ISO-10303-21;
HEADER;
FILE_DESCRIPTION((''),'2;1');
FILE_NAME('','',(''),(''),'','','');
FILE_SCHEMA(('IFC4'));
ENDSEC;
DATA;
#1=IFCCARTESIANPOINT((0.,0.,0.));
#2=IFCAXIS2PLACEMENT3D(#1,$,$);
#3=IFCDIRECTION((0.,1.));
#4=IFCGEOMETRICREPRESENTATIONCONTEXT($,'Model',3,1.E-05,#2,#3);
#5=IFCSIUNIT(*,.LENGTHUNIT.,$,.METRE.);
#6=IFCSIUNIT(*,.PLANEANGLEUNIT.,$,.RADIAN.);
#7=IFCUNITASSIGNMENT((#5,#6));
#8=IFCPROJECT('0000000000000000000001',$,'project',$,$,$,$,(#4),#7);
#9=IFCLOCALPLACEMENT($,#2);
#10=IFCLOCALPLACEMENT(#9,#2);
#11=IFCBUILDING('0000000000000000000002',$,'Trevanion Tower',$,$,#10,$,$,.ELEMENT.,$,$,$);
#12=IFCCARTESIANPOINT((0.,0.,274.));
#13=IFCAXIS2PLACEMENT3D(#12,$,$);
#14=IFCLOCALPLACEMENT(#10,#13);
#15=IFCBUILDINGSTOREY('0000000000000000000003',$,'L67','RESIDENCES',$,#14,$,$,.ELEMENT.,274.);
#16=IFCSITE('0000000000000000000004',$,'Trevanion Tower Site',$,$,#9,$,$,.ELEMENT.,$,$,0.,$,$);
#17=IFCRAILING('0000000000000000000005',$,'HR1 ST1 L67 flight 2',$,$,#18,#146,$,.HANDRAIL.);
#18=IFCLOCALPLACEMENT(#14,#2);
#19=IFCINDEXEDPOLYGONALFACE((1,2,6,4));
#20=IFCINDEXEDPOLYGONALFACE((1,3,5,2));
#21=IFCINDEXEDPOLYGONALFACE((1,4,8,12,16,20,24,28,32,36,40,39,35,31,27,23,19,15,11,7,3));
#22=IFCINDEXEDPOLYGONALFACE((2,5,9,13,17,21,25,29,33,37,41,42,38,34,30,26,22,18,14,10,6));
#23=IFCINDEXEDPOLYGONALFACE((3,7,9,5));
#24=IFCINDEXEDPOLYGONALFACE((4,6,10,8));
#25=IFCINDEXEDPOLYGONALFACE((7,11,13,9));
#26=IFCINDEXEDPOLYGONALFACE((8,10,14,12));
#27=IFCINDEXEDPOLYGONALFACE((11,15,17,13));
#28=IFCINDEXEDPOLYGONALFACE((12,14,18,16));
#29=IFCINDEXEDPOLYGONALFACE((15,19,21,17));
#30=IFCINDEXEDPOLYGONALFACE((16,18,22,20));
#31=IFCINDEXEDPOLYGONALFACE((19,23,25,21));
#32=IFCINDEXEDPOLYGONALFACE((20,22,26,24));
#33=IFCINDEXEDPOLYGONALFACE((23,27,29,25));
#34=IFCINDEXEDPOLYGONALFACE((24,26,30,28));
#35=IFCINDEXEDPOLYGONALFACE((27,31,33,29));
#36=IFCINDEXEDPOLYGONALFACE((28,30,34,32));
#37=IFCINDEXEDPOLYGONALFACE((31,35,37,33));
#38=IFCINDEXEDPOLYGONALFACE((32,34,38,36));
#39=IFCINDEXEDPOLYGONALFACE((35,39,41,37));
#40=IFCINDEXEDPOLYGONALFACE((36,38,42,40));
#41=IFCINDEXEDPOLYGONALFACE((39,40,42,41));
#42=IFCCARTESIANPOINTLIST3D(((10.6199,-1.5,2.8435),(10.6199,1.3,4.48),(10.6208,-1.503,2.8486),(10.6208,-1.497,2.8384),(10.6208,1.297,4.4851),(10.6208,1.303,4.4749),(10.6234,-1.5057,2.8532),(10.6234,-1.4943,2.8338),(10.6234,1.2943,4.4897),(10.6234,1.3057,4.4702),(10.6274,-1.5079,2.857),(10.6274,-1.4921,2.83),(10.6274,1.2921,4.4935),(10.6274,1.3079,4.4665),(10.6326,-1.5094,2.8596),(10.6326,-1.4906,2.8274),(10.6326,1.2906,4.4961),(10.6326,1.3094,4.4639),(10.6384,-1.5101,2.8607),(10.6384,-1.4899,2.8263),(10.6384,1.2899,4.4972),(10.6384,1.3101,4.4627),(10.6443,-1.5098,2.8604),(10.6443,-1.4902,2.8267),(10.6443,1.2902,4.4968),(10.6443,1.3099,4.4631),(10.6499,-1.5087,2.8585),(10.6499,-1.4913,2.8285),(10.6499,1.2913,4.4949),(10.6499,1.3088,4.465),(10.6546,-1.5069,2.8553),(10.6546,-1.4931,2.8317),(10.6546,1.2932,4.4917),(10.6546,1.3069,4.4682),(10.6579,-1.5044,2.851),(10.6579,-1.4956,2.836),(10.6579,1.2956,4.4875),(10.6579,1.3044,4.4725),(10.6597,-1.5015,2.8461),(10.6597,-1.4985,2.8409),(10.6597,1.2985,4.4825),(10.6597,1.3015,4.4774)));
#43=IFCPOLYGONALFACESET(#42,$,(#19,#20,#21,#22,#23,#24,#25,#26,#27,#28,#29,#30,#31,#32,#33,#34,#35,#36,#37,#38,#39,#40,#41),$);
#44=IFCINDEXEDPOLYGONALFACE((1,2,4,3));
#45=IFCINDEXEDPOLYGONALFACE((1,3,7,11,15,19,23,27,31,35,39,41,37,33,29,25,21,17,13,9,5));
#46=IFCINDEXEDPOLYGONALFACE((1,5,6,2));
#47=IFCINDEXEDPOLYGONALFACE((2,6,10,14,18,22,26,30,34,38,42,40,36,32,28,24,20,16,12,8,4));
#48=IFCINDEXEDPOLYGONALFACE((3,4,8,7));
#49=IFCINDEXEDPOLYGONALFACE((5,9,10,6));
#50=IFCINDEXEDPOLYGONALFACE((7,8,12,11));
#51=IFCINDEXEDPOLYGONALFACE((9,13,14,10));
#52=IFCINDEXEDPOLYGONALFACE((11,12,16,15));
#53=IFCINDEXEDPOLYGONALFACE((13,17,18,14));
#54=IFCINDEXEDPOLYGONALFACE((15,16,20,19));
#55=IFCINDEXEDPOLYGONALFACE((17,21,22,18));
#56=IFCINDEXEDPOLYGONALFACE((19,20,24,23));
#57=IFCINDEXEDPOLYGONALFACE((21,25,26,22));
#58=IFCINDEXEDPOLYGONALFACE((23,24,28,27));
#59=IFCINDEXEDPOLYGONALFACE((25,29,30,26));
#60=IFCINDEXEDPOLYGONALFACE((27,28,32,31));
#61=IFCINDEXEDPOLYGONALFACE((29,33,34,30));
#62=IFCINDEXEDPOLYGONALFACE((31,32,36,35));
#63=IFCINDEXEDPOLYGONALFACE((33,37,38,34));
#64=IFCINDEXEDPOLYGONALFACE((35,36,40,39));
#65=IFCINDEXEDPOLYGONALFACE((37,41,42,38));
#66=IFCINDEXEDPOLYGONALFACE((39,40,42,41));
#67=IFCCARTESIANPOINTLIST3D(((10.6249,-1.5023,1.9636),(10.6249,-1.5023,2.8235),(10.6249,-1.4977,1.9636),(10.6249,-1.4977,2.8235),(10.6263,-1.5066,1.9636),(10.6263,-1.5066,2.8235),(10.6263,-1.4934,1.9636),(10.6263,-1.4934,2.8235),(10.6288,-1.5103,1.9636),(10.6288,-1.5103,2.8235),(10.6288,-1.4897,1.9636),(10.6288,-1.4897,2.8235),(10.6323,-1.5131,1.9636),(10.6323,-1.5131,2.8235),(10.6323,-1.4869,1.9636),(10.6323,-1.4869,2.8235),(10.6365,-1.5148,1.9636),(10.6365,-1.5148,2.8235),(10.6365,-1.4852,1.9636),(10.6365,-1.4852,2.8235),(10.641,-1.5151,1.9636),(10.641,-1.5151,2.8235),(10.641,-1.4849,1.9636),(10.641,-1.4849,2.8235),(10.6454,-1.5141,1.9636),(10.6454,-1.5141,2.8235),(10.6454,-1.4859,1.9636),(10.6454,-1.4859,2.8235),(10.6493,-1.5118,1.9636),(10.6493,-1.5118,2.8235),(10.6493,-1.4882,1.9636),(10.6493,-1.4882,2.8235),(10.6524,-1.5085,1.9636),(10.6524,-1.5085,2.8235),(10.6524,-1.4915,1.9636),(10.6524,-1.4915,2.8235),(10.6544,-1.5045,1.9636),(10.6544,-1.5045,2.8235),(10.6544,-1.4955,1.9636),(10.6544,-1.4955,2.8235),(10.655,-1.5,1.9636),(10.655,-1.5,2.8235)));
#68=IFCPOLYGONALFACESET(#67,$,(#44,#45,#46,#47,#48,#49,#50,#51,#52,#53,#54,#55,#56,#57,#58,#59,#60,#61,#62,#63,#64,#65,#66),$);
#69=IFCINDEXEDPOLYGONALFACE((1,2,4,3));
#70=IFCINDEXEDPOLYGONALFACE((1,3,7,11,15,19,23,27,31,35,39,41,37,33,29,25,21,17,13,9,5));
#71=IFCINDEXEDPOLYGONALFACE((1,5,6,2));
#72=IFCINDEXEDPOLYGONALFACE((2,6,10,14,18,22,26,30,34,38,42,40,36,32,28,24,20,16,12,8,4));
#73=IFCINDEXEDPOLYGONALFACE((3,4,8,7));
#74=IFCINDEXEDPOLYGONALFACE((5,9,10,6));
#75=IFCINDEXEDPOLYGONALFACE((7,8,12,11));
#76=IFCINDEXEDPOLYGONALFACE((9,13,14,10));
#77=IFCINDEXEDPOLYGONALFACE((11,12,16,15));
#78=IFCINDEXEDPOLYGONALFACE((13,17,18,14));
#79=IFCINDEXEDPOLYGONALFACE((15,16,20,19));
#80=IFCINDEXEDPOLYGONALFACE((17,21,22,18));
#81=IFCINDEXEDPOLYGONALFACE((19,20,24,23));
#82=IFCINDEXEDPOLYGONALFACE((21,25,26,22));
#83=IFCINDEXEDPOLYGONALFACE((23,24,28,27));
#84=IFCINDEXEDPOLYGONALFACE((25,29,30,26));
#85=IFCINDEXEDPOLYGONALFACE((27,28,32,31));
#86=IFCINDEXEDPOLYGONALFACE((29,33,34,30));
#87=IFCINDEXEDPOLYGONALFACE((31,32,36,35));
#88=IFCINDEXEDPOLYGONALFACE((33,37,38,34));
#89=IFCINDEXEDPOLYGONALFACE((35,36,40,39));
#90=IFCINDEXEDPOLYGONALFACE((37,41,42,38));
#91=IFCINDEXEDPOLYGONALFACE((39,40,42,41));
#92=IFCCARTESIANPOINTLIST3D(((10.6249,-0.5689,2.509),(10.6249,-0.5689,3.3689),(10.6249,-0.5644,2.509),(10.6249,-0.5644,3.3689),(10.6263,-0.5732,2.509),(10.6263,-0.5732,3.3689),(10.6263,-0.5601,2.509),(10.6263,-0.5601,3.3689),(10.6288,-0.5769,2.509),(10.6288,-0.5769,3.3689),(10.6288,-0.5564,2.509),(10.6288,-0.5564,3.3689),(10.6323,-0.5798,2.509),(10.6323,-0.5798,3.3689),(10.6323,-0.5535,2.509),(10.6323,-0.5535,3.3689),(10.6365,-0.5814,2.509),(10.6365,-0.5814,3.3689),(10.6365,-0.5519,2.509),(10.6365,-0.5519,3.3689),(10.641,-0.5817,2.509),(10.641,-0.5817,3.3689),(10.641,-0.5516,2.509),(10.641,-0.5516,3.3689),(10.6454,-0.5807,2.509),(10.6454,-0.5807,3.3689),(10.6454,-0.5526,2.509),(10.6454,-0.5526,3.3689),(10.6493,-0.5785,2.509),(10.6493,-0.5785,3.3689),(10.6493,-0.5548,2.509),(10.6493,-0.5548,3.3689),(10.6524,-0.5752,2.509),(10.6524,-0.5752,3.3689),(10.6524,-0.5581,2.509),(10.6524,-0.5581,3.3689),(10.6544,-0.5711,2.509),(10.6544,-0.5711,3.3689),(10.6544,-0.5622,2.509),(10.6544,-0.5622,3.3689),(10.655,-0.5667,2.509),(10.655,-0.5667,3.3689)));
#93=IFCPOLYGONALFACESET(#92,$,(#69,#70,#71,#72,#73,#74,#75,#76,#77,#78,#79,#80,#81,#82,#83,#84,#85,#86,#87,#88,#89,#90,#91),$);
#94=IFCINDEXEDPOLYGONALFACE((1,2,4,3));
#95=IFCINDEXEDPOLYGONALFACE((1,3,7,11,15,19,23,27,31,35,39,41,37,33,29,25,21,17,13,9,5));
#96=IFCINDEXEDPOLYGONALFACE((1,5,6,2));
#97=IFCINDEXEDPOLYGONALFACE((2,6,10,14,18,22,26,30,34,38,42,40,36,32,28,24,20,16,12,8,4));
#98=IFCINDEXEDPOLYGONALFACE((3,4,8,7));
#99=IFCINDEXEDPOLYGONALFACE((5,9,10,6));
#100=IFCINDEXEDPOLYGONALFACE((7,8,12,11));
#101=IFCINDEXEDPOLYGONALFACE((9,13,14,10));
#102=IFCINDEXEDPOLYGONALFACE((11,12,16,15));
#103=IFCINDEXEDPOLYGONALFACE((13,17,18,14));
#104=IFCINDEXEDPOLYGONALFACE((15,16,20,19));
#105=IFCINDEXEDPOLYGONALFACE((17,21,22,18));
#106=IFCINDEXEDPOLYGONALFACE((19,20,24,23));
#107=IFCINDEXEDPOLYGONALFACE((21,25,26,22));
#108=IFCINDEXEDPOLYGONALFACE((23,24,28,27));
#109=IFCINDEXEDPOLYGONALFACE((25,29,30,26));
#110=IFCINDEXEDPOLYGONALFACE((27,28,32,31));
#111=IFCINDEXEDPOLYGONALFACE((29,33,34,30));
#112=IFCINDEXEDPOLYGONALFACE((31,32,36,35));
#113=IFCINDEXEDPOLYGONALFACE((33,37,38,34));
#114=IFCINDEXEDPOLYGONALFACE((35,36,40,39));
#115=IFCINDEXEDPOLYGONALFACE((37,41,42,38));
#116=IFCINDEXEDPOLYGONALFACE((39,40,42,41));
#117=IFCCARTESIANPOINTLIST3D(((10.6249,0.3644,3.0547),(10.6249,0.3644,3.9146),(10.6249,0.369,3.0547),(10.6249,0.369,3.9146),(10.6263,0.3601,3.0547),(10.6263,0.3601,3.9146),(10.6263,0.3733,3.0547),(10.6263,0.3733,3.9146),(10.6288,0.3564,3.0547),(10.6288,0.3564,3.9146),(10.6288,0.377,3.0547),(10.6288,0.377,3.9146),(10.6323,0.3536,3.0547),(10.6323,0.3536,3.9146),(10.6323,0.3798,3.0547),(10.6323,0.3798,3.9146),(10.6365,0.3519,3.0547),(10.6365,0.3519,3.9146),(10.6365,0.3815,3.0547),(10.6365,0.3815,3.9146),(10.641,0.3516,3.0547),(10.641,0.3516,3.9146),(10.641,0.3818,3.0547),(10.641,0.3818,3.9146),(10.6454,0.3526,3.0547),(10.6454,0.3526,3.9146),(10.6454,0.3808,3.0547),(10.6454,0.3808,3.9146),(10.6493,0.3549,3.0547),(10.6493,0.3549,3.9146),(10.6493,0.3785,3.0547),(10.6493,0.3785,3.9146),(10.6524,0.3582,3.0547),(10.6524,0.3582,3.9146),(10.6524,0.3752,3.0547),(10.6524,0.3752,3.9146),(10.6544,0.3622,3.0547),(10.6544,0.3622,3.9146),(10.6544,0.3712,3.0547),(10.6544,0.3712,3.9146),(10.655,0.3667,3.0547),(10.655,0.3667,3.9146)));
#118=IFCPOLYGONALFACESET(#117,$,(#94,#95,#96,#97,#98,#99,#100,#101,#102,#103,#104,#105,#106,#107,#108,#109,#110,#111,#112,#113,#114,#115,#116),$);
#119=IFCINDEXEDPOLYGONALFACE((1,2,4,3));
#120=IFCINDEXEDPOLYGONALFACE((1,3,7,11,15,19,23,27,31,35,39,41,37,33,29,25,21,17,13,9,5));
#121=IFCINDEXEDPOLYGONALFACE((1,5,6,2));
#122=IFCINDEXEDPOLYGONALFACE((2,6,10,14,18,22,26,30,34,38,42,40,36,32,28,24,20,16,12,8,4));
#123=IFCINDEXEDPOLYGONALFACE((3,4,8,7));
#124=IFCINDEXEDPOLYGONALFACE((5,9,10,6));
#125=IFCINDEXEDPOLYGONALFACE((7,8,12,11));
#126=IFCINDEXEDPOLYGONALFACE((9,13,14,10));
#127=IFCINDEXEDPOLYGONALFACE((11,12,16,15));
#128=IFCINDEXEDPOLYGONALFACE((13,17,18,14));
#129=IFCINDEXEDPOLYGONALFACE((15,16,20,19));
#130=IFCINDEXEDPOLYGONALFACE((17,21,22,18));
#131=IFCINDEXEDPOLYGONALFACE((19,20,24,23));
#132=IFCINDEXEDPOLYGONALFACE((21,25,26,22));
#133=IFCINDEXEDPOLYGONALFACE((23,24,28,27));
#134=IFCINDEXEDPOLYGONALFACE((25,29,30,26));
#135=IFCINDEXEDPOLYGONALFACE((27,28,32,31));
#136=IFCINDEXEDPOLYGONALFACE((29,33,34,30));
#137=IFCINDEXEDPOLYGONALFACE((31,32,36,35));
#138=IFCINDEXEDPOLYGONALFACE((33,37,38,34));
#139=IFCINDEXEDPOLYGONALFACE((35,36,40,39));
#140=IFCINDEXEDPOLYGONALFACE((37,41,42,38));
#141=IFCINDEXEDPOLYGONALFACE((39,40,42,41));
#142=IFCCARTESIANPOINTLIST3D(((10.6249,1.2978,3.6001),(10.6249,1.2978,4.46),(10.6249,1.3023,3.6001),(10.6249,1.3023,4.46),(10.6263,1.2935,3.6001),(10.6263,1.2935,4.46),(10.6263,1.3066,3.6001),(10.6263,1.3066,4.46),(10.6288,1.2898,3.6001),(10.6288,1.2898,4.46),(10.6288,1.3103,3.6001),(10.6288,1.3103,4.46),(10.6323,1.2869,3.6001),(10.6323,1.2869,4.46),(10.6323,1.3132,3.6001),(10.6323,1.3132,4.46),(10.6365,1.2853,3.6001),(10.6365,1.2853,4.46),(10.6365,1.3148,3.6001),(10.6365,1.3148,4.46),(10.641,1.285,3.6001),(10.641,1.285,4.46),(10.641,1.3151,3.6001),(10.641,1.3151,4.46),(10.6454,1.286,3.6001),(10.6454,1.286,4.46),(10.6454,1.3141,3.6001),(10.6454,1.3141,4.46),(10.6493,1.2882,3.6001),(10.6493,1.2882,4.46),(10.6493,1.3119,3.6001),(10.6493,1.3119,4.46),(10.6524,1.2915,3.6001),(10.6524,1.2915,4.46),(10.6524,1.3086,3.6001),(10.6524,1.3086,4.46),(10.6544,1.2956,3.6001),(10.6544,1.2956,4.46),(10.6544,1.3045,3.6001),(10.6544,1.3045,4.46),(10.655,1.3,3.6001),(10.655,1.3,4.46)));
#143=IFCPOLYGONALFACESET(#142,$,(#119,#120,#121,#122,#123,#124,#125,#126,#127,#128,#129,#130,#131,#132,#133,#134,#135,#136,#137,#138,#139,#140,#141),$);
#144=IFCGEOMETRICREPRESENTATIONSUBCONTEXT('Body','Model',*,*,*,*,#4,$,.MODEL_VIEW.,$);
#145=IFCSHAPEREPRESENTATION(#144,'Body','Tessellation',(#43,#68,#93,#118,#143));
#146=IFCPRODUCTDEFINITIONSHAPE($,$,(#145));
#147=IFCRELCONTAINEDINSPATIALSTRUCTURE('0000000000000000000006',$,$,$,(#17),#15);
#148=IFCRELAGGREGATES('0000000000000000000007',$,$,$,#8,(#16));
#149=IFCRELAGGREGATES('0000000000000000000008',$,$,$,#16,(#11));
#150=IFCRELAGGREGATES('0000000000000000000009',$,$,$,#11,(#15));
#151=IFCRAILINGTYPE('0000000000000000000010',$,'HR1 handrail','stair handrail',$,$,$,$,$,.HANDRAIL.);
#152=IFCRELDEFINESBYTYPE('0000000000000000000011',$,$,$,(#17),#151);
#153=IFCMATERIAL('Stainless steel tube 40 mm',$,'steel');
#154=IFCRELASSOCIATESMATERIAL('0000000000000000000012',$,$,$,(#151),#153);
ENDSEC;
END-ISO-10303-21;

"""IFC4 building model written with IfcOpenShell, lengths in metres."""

from ifc_helpers import new_model, si_unit, direction, frame, origin, origin_2d, place, context, subcontext, project, spatial, circle, extrude, material, type_object, element, save


model = new_model("IFC4")

# Units and contexts
model_context = context("Model", 3, precision=1e-05, world=origin(), true_north=direction((0.0, 1.0)))
body_context = subcontext(model_context, "Body", "Model", "MODEL_VIEW")
ifc_project = project(units=[si_unit("LENGTHUNIT", "METRE"), si_unit("PLANEANGLEUNIT", "RADIAN")], contexts=[model_context])

# Site, building, storey
site_placement = place(None, origin())
site = spatial("IfcSite", under=ifc_project, at=site_placement, Name="Trevanion Tower Site", CompositionType="ELEMENT", RefElevation=0.0)
building_placement = place(site_placement, origin())
building = spatial("IfcBuilding", under=site, at=building_placement, Name="Trevanion Tower", CompositionType="ELEMENT")
storey_placement = place(building_placement, frame((0.0, 0.0, 274.0)))
storey = spatial("IfcBuildingStorey", under=building, at=storey_placement, Name="L67", Description="RESIDENCES", CompositionType="ELEMENT", Elevation=274.0)

# Railing
ifc_material_1 = material(Name="Stainless steel tube 40 mm", Category="steel")
railing_type = type_object("IfcRailingType", Name="HR1 handrail", Description="stair handrail", PredefinedType="HANDRAIL", material=ifc_material_1)
for number, where, name in (
    (1, (10.6399, -1.5, 1.9636), "HR1 ST1 L67 flight 2"),
):
    element("IfcRailing", number, at=place(storey_placement, frame(where)), inside=storey, type_object=railing_type, Name=name, PredefinedType="HANDRAIL", context=body_context, shape_type="SweptSolid", body=[
        extrude(circle(Radius=0.02, at=origin_2d()), frame((0.0, 0.0, 0.8799), z_axis=(0.0, 0.863361, 0.504587), x_axis=(-1.0, 0.0, 0.0)), (0.0, 0.0, 1.0), 3.2432),
        extrude(circle(Radius=0.0151, at=origin_2d()), origin(), (0.0, 0.0, 1.0), 0.8599),
        extrude(circle(Radius=0.0151, at=origin_2d()), frame((0.0, 0.9333, 0.5454)), (0.0, 0.0, 1.0), 0.8599),
        extrude(circle(Radius=0.0151, at=origin_2d()), frame((0.0, 1.8667, 1.0911)), (0.0, 0.0, 1.0), 0.8599),
        extrude(circle(Radius=0.0151, at=origin_2d()), frame((0.0, 2.8, 1.6365)), (0.0, 0.0, 1.0), 0.8599),
    ])

save(model, "model.ifc")
